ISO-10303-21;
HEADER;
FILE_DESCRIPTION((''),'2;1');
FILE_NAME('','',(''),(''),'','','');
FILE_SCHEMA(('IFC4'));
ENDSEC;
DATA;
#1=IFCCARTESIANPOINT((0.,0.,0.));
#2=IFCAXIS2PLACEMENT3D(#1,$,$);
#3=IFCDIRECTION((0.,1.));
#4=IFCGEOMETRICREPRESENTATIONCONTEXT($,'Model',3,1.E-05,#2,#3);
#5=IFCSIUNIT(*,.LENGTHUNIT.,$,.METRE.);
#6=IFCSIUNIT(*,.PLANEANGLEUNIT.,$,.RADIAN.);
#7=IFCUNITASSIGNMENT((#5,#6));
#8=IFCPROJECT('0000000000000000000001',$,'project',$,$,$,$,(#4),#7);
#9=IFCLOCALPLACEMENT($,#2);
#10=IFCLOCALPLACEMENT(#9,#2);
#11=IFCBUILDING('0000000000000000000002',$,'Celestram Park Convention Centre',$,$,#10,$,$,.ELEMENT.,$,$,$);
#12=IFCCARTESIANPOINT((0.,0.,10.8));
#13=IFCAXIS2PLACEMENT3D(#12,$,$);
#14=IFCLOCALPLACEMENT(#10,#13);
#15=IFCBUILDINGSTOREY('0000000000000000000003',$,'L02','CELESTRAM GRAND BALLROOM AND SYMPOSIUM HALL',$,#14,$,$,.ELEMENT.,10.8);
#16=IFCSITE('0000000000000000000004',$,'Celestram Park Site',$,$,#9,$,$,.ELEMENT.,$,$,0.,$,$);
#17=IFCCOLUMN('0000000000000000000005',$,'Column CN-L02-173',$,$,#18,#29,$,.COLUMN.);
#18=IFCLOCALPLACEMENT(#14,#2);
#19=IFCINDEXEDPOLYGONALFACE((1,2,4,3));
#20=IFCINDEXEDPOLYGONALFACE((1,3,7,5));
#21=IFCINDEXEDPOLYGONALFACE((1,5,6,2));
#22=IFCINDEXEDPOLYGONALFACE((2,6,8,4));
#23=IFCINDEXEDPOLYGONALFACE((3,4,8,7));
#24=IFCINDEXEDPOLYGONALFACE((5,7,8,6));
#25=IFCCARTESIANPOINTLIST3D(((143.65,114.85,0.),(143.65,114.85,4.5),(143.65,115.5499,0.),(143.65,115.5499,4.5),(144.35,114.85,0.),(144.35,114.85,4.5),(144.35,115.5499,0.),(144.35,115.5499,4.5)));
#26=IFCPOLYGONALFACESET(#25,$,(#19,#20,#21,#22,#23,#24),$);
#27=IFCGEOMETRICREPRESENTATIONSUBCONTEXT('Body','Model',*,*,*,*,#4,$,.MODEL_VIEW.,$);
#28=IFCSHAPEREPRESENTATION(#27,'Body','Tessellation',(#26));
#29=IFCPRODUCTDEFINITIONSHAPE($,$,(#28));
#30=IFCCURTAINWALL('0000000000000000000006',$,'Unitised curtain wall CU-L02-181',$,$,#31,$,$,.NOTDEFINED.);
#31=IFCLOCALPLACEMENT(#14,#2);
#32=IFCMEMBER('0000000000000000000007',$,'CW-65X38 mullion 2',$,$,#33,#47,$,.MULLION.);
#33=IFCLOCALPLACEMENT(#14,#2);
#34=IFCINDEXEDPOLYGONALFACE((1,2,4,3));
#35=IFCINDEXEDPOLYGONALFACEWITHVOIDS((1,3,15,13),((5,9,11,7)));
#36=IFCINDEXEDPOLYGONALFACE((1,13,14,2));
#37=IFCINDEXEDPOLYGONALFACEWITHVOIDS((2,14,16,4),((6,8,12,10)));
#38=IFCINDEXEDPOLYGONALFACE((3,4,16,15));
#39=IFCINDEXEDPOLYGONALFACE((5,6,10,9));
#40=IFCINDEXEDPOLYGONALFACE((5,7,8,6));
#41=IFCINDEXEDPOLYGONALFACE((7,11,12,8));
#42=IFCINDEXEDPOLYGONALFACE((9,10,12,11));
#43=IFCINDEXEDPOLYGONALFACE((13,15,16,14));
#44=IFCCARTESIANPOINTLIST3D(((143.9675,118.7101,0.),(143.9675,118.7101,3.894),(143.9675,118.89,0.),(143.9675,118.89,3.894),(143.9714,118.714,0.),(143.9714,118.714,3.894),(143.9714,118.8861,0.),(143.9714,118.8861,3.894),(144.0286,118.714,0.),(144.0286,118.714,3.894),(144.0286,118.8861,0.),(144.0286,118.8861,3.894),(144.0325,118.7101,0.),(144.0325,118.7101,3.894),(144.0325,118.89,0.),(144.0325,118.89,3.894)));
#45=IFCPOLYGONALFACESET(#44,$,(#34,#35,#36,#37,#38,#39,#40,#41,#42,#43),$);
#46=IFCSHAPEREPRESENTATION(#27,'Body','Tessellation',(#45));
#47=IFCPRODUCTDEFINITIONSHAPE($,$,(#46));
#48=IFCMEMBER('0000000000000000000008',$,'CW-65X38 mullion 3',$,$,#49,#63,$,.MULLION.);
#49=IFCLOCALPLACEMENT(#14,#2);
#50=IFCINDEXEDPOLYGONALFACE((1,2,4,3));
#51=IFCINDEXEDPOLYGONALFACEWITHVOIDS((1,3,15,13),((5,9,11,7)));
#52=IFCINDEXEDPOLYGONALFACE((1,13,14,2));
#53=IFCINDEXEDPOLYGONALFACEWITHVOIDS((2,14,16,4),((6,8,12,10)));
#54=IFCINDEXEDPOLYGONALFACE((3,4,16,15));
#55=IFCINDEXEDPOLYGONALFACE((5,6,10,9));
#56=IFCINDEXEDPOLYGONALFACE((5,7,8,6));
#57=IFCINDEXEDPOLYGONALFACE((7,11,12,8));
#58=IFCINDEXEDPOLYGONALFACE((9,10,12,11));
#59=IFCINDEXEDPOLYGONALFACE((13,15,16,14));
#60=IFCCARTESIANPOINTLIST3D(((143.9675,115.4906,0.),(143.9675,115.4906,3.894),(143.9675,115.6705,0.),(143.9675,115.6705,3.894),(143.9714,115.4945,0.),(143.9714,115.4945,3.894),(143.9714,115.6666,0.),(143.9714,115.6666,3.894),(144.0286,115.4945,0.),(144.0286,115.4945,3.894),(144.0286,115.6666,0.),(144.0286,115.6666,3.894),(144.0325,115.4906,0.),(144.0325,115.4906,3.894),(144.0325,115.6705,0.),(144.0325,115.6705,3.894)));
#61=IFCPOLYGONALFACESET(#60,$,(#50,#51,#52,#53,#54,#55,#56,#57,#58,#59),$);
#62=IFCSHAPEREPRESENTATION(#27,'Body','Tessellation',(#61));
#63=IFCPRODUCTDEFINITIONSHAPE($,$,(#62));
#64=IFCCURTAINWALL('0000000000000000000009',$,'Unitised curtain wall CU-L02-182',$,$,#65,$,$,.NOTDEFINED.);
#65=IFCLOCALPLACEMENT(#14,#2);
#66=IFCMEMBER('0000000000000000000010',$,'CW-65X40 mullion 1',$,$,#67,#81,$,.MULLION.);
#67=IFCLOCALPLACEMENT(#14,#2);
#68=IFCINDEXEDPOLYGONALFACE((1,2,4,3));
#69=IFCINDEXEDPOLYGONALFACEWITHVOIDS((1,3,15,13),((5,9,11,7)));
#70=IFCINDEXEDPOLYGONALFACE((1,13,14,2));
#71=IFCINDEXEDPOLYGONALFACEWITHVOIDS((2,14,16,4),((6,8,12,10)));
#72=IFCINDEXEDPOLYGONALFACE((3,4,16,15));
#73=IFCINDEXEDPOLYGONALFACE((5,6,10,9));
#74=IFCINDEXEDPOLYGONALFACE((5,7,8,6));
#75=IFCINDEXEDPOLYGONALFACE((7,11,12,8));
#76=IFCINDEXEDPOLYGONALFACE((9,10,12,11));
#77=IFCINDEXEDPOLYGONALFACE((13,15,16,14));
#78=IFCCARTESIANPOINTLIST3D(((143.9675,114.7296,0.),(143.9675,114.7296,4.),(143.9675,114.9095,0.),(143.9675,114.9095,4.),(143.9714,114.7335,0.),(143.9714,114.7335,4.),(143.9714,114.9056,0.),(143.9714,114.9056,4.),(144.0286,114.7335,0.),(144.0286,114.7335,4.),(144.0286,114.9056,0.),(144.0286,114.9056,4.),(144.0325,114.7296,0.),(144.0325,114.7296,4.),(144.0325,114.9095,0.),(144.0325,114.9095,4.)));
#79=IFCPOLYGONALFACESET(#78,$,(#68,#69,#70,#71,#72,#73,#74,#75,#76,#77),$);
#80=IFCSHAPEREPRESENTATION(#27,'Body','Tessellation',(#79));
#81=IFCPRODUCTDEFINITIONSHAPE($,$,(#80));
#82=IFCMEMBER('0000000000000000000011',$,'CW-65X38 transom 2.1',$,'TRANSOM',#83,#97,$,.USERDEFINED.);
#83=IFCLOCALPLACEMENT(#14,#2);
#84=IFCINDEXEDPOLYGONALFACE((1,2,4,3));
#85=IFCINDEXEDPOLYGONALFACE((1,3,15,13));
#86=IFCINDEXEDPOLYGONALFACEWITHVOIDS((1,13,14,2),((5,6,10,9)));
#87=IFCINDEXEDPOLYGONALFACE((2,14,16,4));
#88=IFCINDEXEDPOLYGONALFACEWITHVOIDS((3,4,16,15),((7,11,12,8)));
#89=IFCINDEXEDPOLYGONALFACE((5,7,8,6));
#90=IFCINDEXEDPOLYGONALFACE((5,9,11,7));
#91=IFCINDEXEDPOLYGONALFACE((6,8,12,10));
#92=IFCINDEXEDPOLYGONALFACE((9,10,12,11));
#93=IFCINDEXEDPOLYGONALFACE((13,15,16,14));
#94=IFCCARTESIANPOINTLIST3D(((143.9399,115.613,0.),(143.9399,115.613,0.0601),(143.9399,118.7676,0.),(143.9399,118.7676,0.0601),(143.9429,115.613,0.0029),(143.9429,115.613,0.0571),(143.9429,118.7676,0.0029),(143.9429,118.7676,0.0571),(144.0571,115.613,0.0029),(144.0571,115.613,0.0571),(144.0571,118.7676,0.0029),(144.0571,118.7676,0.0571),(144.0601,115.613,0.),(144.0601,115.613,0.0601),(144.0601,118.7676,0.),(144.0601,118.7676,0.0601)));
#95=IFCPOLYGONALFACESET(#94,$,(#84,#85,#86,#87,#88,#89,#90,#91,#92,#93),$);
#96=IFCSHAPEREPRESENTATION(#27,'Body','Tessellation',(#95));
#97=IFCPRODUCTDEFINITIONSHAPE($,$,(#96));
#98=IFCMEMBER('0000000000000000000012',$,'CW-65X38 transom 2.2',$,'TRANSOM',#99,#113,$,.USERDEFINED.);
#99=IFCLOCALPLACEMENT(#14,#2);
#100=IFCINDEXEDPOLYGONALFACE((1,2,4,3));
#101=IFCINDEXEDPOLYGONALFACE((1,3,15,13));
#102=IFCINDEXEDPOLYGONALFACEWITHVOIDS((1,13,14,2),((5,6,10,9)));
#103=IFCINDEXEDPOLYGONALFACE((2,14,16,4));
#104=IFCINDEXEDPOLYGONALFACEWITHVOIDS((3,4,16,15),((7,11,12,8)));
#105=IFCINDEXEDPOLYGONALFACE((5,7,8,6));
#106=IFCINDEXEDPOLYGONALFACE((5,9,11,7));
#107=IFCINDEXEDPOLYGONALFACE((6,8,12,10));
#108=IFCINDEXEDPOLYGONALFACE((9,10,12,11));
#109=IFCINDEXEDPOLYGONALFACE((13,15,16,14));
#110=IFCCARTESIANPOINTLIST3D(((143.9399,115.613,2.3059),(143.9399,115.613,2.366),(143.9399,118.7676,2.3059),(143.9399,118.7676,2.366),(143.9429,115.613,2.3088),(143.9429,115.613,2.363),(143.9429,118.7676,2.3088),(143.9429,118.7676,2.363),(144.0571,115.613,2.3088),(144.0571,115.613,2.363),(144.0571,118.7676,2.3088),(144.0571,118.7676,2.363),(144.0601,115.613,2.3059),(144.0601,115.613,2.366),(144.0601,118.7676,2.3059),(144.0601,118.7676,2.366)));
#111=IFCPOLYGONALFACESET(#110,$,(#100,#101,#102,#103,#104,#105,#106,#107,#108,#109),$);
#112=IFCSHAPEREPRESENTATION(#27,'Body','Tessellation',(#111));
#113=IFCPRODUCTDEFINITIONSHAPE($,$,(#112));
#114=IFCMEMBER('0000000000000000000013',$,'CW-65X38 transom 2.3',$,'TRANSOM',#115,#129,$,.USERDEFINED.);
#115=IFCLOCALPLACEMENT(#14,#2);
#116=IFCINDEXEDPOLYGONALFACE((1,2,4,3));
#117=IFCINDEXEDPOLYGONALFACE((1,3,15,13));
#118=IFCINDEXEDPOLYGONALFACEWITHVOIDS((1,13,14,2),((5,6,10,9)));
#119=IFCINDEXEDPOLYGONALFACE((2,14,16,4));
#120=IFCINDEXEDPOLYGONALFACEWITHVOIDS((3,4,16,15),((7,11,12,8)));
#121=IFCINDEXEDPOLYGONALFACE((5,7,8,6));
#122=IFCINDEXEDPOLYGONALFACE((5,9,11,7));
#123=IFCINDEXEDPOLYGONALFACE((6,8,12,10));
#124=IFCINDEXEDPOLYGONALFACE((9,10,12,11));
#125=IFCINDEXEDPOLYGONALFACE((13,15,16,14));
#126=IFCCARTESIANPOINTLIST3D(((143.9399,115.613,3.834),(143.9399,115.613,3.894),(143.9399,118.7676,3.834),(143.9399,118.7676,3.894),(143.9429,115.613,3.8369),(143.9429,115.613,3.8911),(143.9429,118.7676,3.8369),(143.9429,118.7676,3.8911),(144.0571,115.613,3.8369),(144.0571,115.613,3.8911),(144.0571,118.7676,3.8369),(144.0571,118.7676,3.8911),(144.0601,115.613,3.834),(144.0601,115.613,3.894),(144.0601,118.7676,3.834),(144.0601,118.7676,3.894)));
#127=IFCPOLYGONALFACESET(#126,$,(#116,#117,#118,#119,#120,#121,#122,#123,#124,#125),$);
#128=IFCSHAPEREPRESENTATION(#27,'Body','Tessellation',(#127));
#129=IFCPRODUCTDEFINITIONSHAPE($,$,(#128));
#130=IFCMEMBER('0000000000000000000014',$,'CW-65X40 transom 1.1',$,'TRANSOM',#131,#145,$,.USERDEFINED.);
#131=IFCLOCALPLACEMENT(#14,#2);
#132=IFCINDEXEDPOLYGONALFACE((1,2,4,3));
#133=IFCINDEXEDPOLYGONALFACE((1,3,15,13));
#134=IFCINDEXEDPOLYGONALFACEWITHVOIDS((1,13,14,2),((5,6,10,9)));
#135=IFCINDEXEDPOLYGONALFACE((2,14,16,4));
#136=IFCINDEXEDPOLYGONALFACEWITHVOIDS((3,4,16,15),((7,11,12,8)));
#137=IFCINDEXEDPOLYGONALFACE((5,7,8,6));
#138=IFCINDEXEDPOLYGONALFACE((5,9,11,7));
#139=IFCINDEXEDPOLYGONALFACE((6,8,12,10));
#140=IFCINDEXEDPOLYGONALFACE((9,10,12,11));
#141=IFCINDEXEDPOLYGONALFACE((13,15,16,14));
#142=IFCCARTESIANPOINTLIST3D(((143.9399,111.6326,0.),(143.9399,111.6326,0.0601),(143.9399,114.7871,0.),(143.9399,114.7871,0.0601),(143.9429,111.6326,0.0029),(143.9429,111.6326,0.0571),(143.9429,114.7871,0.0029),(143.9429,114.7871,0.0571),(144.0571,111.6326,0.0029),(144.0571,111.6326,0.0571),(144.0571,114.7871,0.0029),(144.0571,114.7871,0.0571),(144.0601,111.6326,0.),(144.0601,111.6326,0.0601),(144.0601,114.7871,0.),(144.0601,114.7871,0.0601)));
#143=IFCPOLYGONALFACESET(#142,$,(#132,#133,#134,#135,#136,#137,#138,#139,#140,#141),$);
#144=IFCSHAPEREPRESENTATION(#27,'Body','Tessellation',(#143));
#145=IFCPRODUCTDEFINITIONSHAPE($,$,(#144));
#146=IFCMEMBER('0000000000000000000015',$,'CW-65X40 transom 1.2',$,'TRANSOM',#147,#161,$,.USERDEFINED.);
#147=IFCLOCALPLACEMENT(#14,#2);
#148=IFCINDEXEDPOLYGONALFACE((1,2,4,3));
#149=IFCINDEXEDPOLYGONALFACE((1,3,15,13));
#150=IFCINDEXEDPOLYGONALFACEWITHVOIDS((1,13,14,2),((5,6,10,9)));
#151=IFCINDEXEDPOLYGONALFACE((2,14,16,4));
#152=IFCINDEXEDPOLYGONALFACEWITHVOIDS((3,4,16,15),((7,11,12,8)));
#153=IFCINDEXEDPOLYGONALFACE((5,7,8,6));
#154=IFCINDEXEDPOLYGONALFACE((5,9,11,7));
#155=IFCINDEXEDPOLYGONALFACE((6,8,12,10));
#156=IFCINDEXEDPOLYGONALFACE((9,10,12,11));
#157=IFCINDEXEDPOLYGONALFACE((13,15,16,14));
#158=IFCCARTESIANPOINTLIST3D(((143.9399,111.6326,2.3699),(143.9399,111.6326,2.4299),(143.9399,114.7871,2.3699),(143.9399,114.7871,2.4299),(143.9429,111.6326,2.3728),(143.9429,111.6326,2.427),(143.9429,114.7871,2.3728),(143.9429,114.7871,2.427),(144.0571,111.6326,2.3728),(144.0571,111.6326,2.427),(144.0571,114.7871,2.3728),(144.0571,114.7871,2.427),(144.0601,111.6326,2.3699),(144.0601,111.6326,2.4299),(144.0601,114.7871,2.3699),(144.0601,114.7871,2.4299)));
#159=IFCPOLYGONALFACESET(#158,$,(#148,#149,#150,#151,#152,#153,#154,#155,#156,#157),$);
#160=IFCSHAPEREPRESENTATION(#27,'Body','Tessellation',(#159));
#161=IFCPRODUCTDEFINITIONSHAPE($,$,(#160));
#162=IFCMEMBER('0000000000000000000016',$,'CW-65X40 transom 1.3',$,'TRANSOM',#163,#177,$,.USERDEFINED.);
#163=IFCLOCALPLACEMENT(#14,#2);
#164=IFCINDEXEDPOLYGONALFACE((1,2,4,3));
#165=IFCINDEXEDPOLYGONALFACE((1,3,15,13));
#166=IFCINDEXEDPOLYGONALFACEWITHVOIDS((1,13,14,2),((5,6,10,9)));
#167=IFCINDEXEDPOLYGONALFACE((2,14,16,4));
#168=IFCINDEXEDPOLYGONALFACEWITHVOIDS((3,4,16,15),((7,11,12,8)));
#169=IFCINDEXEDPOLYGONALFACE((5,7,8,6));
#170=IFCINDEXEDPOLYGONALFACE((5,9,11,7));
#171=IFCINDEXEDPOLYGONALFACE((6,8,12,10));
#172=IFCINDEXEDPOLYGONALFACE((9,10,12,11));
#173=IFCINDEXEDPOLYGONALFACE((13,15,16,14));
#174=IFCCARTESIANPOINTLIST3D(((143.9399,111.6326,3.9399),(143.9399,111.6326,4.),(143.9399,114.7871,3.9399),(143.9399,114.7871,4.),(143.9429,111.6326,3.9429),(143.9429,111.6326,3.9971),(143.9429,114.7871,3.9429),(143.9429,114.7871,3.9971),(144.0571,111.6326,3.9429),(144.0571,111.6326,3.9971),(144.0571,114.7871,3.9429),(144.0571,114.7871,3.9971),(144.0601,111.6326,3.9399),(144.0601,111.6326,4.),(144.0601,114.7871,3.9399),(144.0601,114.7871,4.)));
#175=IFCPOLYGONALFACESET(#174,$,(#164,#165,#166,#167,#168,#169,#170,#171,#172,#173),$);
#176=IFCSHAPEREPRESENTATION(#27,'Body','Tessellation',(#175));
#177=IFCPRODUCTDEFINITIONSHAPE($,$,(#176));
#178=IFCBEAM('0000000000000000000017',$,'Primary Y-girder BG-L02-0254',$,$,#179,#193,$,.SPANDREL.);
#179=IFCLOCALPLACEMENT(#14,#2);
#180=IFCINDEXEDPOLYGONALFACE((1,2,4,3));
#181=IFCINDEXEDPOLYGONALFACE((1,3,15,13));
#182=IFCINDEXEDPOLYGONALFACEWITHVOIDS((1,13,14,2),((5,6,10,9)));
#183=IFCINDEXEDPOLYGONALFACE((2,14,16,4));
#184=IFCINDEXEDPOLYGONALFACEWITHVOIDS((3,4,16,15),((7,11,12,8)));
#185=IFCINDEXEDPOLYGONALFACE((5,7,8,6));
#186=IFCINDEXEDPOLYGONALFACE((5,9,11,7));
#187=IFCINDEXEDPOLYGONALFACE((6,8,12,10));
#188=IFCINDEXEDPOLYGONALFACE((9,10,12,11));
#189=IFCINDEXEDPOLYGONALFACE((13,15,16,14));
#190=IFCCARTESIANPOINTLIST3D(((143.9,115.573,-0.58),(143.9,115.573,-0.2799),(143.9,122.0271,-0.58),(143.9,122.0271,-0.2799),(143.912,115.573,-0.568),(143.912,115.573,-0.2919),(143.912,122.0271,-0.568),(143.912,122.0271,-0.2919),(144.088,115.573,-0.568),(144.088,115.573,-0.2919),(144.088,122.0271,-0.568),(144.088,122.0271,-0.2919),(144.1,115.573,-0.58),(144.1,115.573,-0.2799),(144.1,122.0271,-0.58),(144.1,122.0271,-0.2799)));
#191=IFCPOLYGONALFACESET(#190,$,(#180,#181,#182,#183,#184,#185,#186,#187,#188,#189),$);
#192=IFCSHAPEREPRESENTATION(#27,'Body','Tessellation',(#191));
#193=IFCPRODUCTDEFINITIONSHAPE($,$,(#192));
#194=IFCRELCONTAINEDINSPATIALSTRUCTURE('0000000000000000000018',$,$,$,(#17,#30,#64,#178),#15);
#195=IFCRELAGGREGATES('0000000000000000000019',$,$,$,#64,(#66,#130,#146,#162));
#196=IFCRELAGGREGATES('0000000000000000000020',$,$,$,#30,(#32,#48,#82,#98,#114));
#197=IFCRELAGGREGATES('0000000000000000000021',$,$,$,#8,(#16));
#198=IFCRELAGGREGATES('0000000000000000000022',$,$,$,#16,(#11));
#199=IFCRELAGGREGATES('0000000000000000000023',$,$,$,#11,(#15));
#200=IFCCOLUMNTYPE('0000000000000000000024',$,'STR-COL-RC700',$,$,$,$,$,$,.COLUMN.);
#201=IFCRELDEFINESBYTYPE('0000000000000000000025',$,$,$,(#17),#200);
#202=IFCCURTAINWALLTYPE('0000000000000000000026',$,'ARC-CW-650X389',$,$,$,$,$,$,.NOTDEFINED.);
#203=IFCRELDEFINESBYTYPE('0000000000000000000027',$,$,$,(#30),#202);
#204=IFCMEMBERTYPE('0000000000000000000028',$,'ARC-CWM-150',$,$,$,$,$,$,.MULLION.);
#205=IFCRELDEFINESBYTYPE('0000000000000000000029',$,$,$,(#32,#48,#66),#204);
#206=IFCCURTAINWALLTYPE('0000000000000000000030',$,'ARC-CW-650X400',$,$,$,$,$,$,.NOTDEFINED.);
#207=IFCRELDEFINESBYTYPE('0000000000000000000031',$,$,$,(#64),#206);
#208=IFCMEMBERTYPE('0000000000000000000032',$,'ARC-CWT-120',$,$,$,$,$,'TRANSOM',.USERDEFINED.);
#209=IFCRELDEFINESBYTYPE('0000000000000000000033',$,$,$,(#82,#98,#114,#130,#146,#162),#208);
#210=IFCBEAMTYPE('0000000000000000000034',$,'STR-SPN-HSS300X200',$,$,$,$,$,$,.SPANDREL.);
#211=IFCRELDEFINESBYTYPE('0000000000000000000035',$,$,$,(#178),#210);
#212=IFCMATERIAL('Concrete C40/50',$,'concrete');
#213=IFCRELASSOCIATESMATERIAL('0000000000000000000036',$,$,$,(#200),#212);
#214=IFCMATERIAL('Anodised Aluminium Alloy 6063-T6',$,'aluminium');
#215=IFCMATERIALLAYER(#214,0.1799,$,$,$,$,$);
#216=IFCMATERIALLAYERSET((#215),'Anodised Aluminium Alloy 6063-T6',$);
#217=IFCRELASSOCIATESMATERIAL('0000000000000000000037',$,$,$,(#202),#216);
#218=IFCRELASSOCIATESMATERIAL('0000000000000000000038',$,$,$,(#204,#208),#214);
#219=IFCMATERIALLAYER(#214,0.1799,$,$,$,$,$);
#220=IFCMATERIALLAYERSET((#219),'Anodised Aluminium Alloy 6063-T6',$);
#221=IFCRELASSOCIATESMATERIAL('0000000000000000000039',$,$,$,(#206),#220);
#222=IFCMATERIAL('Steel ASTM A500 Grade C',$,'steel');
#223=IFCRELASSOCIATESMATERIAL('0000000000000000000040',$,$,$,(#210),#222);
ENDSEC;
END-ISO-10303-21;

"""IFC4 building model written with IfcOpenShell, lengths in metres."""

from ifc_helpers import new_model, si_unit, direction, frame, origin, origin_2d, place, context, subcontext, project, spatial, rectangle, hollow_rectangle, extrude, material, layer, layer_set, material_profile, profile_set, type_object, element, aggregate, save


model = new_model("IFC4")

# Units and contexts
model_context = context("Model", 3, precision=1e-05, world=origin(), true_north=direction((0.0, 1.0)))
body_context = subcontext(model_context, "Body", "Model", "MODEL_VIEW")
ifc_project = project(units=[si_unit("LENGTHUNIT", "METRE"), si_unit("PLANEANGLEUNIT", "RADIAN")], contexts=[model_context])

# Site, building, storey
site_placement = place(None, origin())
site = spatial("IfcSite", under=ifc_project, at=site_placement, Name="Celestram Park Site", CompositionType="ELEMENT", RefElevation=0.0)
building_placement = place(site_placement, origin())
building = spatial("IfcBuilding", under=site, at=building_placement, Name="Celestram Park Convention Centre", CompositionType="ELEMENT")
storey_placement = place(building_placement, frame((0.0, 0.0, 10.8)))
storey = spatial("IfcBuildingStorey", under=building, at=storey_placement, Name="L02", Description="CELESTRAM GRAND BALLROOM AND SYMPOSIUM HALL", CompositionType="ELEMENT", Elevation=10.8)

# Column
ifc_material_1 = material(Name="Concrete C40/50", Category="concrete")
ifc_material_profile_1 = material_profile(ifc_material_1, rectangle(XDim=0.7, YDim=0.7, at=origin_2d()), Name="RC700X700")
ifc_profile_set_1 = profile_set([ifc_material_profile_1], Name="Concrete C40/50")
column_type = type_object("IfcColumnType", Name="STR-COL-RC700", PredefinedType="COLUMN", material=ifc_profile_set_1)
column_placement = place(storey_placement, frame((144.0, 115.2, 0.0), z_axis=(0.0, 0.0, 1.0), x_axis=(1.0, 0.0, 0.0)))
element("IfcColumn", 1, at=column_placement, inside=storey, type_object=column_type, Name="Column CN-L02-173", PredefinedType="COLUMN", context=body_context, shape_type="SweptSolid", body=[
    extrude(rectangle(XDim=0.7, YDim=0.7, at=origin_2d()), origin(), (0.0, 0.0, 1.0), 4.5),
])

# Curtain wall, members
ifc_material_2 = material(Name="Anodised Aluminium Alloy 6063-T6", Category="aluminium")
ifc_layer_1 = layer(ifc_material_2, 0.1799)
ifc_layer_set_1 = layer_set([ifc_layer_1], Name="Anodised Aluminium Alloy 6063-T6")
curtain_wall_type_1 = type_object("IfcCurtainWallType", Name="ARC-CW-650X389", PredefinedType="NOTDEFINED", material=ifc_layer_set_1)
curtain_wall_1_placement = place(storey_placement, origin())
curtain_wall_1 = element("IfcCurtainWall", 2, at=curtain_wall_1_placement, inside=storey, type_object=curtain_wall_type_1, Name="Unitised curtain wall CU-L02-181", PredefinedType="NOTDEFINED")
ifc_material_profile_2 = material_profile(ifc_material_2, hollow_rectangle(XDim=0.0649, YDim=0.1799, WallThickness=0.0039, at=origin_2d()), Name="ALU65X180X4")
ifc_profile_set_2 = profile_set([ifc_material_profile_2], Name="Anodised Aluminium Alloy 6063-T6")
member_type_1 = type_object("IfcMemberType", Name="ARC-CWM-150", PredefinedType="MULLION", material=ifc_profile_set_2)
member_1_placement = place(storey_placement, frame((144.0, 118.8, 0.0), z_axis=(0.0, 0.0, 1.0), x_axis=(1.0, 0.0, 0.0)))
member_1 = element("IfcMember", 3, at=member_1_placement, type_object=member_type_1, Name="CW-65X38 mullion 2", PredefinedType="MULLION", context=body_context, shape_type="SweptSolid", body=[
    extrude(hollow_rectangle(XDim=0.0649, YDim=0.1799, WallThickness=0.0039, at=origin_2d()), origin(), (0.0, 0.0, 1.0), 3.894),
])
member_2_placement = place(storey_placement, frame((144.0, 115.5806, 0.0), z_axis=(0.0, 0.0, 1.0), x_axis=(1.0, 0.0, 0.0)))
member_2 = element("IfcMember", 4, at=member_2_placement, type_object=member_type_1, Name="CW-65X38 mullion 3", PredefinedType="MULLION", context=body_context, shape_type="SweptSolid", body=[
    extrude(hollow_rectangle(XDim=0.0649, YDim=0.1799, WallThickness=0.0039, at=origin_2d()), origin(), (0.0, 0.0, 1.0), 3.894),
])

# Curtain wall, member
ifc_layer_2 = layer(ifc_material_2, 0.1799)
ifc_layer_set_2 = layer_set([ifc_layer_2], Name="Anodised Aluminium Alloy 6063-T6")
curtain_wall_type_2 = type_object("IfcCurtainWallType", Name="ARC-CW-650X400", PredefinedType="NOTDEFINED", material=ifc_layer_set_2)
curtain_wall_2_placement = place(storey_placement, origin())
curtain_wall_2 = element("IfcCurtainWall", 5, at=curtain_wall_2_placement, inside=storey, type_object=curtain_wall_type_2, Name="Unitised curtain wall CU-L02-182", PredefinedType="NOTDEFINED")
member_3_placement = place(storey_placement, frame((144.0, 114.8196, 0.0), z_axis=(0.0, 0.0, 1.0), x_axis=(1.0, 0.0, 0.0)))
member_3 = element("IfcMember", 6, at=member_3_placement, type_object=member_type_1, Name="CW-65X40 mullion 1", PredefinedType="MULLION", context=body_context, shape_type="SweptSolid", body=[
    extrude(hollow_rectangle(XDim=0.0649, YDim=0.1799, WallThickness=0.0039, at=origin_2d()), origin(), (0.0, 0.0, 1.0), 4.0),
])

# Members
ifc_material_profile_3 = material_profile(ifc_material_2, hollow_rectangle(XDim=0.1201, YDim=0.0601, WallThickness=0.0029, at=origin_2d()), Name="ALU120X60X3")
ifc_profile_set_3 = profile_set([ifc_material_profile_3], Name="Anodised Aluminium Alloy 6063-T6")
member_type_2 = type_object("IfcMemberType", Name="ARC-CWT-120", ElementType="TRANSOM", PredefinedType="USERDEFINED", material=ifc_profile_set_3)
member_4_placement = place(storey_placement, frame((144.0, 118.7676, 0.03), z_axis=(0.0, -1.0, 0.0), x_axis=(1.0, 0.0, 0.0)))
member_4 = element("IfcMember", 7, at=member_4_placement, type_object=member_type_2, Name="CW-65X38 transom 2.1", ObjectType="TRANSOM", PredefinedType="USERDEFINED", context=body_context, shape_type="SweptSolid", body=[
    extrude(hollow_rectangle(XDim=0.1201, YDim=0.0601, WallThickness=0.0029, at=origin_2d()), origin(), (0.0, 0.0, 1.0), 3.1545),
])
member_5_placement = place(storey_placement, frame((144.0, 118.7676, 2.3359), z_axis=(0.0, -1.0, 0.0), x_axis=(1.0, 0.0, 0.0)))
member_5 = element("IfcMember", 8, at=member_5_placement, type_object=member_type_2, Name="CW-65X38 transom 2.2", ObjectType="TRANSOM", PredefinedType="USERDEFINED", context=body_context, shape_type="SweptSolid", body=[
    extrude(hollow_rectangle(XDim=0.1201, YDim=0.0601, WallThickness=0.0029, at=origin_2d()), origin(), (0.0, 0.0, 1.0), 3.1545),
])
member_6_placement = place(storey_placement, frame((144.0, 118.7676, 3.864), z_axis=(0.0, -1.0, 0.0), x_axis=(1.0, 0.0, 0.0)))
member_6 = element("IfcMember", 9, at=member_6_placement, type_object=member_type_2, Name="CW-65X38 transom 2.3", ObjectType="TRANSOM", PredefinedType="USERDEFINED", context=body_context, shape_type="SweptSolid", body=[
    extrude(hollow_rectangle(XDim=0.1201, YDim=0.0601, WallThickness=0.0029, at=origin_2d()), origin(), (0.0, 0.0, 1.0), 3.1545),
])
member_7_placement = place(storey_placement, frame((144.0, 114.7871, 0.03), z_axis=(0.0, -1.0, 0.0), x_axis=(1.0, 0.0, 0.0)))
member_7 = element("IfcMember", 10, at=member_7_placement, type_object=member_type_2, Name="CW-65X40 transom 1.1", ObjectType="TRANSOM", PredefinedType="USERDEFINED", context=body_context, shape_type="SweptSolid", body=[
    extrude(hollow_rectangle(XDim=0.1201, YDim=0.0601, WallThickness=0.0029, at=origin_2d()), origin(), (0.0, 0.0, 1.0), 3.1545),
])
member_8_placement = place(storey_placement, frame((144.0, 114.7871, 2.3999), z_axis=(0.0, -1.0, 0.0), x_axis=(1.0, 0.0, 0.0)))
member_8 = element("IfcMember", 11, at=member_8_placement, type_object=member_type_2, Name="CW-65X40 transom 1.2", ObjectType="TRANSOM", PredefinedType="USERDEFINED", context=body_context, shape_type="SweptSolid", body=[
    extrude(hollow_rectangle(XDim=0.1201, YDim=0.0601, WallThickness=0.0029, at=origin_2d()), origin(), (0.0, 0.0, 1.0), 3.1545),
])
member_9_placement = place(storey_placement, frame((144.0, 114.7871, 3.97), z_axis=(0.0, -1.0, 0.0), x_axis=(1.0, 0.0, 0.0)))
member_9 = element("IfcMember", 12, at=member_9_placement, type_object=member_type_2, Name="CW-65X40 transom 1.3", ObjectType="TRANSOM", PredefinedType="USERDEFINED", context=body_context, shape_type="SweptSolid", body=[
    extrude(hollow_rectangle(XDim=0.1201, YDim=0.0601, WallThickness=0.0029, at=origin_2d()), origin(), (0.0, 0.0, 1.0), 3.1545),
])
aggregate(curtain_wall_2, [member_3, member_7, member_8, member_9])

# Beam
ifc_material_3 = material(Name="Steel ASTM A500 Grade C", Category="steel")
ifc_material_profile_4 = material_profile(ifc_material_3, hollow_rectangle(XDim=0.2, YDim=0.3, WallThickness=0.012, at=origin_2d()), Name="HSS300X200X12")
ifc_profile_set_4 = profile_set([ifc_material_profile_4], Name="Steel ASTM A500 Grade C")
beam_type = type_object("IfcBeamType", Name="STR-SPN-HSS300X200", PredefinedType="SPANDREL", material=ifc_profile_set_4)
beam_placement = place(storey_placement, frame((144.0, 115.573, -0.4299), z_axis=(0.0, 1.0, 0.0), x_axis=(-1.0, 0.0, 0.0)))
element("IfcBeam", 13, at=beam_placement, inside=storey, type_object=beam_type, Name="Primary Y-girder BG-L02-0254", PredefinedType="SPANDREL", context=body_context, shape_type="SweptSolid", body=[
    extrude(hollow_rectangle(XDim=0.2, YDim=0.3, WallThickness=0.012, at=origin_2d()), origin(), (0.0, 0.0, 1.0), 6.4541),
])

aggregate(curtain_wall_1, [member_1, member_2, member_4, member_5, member_6])

save(model, "model.ifc")
